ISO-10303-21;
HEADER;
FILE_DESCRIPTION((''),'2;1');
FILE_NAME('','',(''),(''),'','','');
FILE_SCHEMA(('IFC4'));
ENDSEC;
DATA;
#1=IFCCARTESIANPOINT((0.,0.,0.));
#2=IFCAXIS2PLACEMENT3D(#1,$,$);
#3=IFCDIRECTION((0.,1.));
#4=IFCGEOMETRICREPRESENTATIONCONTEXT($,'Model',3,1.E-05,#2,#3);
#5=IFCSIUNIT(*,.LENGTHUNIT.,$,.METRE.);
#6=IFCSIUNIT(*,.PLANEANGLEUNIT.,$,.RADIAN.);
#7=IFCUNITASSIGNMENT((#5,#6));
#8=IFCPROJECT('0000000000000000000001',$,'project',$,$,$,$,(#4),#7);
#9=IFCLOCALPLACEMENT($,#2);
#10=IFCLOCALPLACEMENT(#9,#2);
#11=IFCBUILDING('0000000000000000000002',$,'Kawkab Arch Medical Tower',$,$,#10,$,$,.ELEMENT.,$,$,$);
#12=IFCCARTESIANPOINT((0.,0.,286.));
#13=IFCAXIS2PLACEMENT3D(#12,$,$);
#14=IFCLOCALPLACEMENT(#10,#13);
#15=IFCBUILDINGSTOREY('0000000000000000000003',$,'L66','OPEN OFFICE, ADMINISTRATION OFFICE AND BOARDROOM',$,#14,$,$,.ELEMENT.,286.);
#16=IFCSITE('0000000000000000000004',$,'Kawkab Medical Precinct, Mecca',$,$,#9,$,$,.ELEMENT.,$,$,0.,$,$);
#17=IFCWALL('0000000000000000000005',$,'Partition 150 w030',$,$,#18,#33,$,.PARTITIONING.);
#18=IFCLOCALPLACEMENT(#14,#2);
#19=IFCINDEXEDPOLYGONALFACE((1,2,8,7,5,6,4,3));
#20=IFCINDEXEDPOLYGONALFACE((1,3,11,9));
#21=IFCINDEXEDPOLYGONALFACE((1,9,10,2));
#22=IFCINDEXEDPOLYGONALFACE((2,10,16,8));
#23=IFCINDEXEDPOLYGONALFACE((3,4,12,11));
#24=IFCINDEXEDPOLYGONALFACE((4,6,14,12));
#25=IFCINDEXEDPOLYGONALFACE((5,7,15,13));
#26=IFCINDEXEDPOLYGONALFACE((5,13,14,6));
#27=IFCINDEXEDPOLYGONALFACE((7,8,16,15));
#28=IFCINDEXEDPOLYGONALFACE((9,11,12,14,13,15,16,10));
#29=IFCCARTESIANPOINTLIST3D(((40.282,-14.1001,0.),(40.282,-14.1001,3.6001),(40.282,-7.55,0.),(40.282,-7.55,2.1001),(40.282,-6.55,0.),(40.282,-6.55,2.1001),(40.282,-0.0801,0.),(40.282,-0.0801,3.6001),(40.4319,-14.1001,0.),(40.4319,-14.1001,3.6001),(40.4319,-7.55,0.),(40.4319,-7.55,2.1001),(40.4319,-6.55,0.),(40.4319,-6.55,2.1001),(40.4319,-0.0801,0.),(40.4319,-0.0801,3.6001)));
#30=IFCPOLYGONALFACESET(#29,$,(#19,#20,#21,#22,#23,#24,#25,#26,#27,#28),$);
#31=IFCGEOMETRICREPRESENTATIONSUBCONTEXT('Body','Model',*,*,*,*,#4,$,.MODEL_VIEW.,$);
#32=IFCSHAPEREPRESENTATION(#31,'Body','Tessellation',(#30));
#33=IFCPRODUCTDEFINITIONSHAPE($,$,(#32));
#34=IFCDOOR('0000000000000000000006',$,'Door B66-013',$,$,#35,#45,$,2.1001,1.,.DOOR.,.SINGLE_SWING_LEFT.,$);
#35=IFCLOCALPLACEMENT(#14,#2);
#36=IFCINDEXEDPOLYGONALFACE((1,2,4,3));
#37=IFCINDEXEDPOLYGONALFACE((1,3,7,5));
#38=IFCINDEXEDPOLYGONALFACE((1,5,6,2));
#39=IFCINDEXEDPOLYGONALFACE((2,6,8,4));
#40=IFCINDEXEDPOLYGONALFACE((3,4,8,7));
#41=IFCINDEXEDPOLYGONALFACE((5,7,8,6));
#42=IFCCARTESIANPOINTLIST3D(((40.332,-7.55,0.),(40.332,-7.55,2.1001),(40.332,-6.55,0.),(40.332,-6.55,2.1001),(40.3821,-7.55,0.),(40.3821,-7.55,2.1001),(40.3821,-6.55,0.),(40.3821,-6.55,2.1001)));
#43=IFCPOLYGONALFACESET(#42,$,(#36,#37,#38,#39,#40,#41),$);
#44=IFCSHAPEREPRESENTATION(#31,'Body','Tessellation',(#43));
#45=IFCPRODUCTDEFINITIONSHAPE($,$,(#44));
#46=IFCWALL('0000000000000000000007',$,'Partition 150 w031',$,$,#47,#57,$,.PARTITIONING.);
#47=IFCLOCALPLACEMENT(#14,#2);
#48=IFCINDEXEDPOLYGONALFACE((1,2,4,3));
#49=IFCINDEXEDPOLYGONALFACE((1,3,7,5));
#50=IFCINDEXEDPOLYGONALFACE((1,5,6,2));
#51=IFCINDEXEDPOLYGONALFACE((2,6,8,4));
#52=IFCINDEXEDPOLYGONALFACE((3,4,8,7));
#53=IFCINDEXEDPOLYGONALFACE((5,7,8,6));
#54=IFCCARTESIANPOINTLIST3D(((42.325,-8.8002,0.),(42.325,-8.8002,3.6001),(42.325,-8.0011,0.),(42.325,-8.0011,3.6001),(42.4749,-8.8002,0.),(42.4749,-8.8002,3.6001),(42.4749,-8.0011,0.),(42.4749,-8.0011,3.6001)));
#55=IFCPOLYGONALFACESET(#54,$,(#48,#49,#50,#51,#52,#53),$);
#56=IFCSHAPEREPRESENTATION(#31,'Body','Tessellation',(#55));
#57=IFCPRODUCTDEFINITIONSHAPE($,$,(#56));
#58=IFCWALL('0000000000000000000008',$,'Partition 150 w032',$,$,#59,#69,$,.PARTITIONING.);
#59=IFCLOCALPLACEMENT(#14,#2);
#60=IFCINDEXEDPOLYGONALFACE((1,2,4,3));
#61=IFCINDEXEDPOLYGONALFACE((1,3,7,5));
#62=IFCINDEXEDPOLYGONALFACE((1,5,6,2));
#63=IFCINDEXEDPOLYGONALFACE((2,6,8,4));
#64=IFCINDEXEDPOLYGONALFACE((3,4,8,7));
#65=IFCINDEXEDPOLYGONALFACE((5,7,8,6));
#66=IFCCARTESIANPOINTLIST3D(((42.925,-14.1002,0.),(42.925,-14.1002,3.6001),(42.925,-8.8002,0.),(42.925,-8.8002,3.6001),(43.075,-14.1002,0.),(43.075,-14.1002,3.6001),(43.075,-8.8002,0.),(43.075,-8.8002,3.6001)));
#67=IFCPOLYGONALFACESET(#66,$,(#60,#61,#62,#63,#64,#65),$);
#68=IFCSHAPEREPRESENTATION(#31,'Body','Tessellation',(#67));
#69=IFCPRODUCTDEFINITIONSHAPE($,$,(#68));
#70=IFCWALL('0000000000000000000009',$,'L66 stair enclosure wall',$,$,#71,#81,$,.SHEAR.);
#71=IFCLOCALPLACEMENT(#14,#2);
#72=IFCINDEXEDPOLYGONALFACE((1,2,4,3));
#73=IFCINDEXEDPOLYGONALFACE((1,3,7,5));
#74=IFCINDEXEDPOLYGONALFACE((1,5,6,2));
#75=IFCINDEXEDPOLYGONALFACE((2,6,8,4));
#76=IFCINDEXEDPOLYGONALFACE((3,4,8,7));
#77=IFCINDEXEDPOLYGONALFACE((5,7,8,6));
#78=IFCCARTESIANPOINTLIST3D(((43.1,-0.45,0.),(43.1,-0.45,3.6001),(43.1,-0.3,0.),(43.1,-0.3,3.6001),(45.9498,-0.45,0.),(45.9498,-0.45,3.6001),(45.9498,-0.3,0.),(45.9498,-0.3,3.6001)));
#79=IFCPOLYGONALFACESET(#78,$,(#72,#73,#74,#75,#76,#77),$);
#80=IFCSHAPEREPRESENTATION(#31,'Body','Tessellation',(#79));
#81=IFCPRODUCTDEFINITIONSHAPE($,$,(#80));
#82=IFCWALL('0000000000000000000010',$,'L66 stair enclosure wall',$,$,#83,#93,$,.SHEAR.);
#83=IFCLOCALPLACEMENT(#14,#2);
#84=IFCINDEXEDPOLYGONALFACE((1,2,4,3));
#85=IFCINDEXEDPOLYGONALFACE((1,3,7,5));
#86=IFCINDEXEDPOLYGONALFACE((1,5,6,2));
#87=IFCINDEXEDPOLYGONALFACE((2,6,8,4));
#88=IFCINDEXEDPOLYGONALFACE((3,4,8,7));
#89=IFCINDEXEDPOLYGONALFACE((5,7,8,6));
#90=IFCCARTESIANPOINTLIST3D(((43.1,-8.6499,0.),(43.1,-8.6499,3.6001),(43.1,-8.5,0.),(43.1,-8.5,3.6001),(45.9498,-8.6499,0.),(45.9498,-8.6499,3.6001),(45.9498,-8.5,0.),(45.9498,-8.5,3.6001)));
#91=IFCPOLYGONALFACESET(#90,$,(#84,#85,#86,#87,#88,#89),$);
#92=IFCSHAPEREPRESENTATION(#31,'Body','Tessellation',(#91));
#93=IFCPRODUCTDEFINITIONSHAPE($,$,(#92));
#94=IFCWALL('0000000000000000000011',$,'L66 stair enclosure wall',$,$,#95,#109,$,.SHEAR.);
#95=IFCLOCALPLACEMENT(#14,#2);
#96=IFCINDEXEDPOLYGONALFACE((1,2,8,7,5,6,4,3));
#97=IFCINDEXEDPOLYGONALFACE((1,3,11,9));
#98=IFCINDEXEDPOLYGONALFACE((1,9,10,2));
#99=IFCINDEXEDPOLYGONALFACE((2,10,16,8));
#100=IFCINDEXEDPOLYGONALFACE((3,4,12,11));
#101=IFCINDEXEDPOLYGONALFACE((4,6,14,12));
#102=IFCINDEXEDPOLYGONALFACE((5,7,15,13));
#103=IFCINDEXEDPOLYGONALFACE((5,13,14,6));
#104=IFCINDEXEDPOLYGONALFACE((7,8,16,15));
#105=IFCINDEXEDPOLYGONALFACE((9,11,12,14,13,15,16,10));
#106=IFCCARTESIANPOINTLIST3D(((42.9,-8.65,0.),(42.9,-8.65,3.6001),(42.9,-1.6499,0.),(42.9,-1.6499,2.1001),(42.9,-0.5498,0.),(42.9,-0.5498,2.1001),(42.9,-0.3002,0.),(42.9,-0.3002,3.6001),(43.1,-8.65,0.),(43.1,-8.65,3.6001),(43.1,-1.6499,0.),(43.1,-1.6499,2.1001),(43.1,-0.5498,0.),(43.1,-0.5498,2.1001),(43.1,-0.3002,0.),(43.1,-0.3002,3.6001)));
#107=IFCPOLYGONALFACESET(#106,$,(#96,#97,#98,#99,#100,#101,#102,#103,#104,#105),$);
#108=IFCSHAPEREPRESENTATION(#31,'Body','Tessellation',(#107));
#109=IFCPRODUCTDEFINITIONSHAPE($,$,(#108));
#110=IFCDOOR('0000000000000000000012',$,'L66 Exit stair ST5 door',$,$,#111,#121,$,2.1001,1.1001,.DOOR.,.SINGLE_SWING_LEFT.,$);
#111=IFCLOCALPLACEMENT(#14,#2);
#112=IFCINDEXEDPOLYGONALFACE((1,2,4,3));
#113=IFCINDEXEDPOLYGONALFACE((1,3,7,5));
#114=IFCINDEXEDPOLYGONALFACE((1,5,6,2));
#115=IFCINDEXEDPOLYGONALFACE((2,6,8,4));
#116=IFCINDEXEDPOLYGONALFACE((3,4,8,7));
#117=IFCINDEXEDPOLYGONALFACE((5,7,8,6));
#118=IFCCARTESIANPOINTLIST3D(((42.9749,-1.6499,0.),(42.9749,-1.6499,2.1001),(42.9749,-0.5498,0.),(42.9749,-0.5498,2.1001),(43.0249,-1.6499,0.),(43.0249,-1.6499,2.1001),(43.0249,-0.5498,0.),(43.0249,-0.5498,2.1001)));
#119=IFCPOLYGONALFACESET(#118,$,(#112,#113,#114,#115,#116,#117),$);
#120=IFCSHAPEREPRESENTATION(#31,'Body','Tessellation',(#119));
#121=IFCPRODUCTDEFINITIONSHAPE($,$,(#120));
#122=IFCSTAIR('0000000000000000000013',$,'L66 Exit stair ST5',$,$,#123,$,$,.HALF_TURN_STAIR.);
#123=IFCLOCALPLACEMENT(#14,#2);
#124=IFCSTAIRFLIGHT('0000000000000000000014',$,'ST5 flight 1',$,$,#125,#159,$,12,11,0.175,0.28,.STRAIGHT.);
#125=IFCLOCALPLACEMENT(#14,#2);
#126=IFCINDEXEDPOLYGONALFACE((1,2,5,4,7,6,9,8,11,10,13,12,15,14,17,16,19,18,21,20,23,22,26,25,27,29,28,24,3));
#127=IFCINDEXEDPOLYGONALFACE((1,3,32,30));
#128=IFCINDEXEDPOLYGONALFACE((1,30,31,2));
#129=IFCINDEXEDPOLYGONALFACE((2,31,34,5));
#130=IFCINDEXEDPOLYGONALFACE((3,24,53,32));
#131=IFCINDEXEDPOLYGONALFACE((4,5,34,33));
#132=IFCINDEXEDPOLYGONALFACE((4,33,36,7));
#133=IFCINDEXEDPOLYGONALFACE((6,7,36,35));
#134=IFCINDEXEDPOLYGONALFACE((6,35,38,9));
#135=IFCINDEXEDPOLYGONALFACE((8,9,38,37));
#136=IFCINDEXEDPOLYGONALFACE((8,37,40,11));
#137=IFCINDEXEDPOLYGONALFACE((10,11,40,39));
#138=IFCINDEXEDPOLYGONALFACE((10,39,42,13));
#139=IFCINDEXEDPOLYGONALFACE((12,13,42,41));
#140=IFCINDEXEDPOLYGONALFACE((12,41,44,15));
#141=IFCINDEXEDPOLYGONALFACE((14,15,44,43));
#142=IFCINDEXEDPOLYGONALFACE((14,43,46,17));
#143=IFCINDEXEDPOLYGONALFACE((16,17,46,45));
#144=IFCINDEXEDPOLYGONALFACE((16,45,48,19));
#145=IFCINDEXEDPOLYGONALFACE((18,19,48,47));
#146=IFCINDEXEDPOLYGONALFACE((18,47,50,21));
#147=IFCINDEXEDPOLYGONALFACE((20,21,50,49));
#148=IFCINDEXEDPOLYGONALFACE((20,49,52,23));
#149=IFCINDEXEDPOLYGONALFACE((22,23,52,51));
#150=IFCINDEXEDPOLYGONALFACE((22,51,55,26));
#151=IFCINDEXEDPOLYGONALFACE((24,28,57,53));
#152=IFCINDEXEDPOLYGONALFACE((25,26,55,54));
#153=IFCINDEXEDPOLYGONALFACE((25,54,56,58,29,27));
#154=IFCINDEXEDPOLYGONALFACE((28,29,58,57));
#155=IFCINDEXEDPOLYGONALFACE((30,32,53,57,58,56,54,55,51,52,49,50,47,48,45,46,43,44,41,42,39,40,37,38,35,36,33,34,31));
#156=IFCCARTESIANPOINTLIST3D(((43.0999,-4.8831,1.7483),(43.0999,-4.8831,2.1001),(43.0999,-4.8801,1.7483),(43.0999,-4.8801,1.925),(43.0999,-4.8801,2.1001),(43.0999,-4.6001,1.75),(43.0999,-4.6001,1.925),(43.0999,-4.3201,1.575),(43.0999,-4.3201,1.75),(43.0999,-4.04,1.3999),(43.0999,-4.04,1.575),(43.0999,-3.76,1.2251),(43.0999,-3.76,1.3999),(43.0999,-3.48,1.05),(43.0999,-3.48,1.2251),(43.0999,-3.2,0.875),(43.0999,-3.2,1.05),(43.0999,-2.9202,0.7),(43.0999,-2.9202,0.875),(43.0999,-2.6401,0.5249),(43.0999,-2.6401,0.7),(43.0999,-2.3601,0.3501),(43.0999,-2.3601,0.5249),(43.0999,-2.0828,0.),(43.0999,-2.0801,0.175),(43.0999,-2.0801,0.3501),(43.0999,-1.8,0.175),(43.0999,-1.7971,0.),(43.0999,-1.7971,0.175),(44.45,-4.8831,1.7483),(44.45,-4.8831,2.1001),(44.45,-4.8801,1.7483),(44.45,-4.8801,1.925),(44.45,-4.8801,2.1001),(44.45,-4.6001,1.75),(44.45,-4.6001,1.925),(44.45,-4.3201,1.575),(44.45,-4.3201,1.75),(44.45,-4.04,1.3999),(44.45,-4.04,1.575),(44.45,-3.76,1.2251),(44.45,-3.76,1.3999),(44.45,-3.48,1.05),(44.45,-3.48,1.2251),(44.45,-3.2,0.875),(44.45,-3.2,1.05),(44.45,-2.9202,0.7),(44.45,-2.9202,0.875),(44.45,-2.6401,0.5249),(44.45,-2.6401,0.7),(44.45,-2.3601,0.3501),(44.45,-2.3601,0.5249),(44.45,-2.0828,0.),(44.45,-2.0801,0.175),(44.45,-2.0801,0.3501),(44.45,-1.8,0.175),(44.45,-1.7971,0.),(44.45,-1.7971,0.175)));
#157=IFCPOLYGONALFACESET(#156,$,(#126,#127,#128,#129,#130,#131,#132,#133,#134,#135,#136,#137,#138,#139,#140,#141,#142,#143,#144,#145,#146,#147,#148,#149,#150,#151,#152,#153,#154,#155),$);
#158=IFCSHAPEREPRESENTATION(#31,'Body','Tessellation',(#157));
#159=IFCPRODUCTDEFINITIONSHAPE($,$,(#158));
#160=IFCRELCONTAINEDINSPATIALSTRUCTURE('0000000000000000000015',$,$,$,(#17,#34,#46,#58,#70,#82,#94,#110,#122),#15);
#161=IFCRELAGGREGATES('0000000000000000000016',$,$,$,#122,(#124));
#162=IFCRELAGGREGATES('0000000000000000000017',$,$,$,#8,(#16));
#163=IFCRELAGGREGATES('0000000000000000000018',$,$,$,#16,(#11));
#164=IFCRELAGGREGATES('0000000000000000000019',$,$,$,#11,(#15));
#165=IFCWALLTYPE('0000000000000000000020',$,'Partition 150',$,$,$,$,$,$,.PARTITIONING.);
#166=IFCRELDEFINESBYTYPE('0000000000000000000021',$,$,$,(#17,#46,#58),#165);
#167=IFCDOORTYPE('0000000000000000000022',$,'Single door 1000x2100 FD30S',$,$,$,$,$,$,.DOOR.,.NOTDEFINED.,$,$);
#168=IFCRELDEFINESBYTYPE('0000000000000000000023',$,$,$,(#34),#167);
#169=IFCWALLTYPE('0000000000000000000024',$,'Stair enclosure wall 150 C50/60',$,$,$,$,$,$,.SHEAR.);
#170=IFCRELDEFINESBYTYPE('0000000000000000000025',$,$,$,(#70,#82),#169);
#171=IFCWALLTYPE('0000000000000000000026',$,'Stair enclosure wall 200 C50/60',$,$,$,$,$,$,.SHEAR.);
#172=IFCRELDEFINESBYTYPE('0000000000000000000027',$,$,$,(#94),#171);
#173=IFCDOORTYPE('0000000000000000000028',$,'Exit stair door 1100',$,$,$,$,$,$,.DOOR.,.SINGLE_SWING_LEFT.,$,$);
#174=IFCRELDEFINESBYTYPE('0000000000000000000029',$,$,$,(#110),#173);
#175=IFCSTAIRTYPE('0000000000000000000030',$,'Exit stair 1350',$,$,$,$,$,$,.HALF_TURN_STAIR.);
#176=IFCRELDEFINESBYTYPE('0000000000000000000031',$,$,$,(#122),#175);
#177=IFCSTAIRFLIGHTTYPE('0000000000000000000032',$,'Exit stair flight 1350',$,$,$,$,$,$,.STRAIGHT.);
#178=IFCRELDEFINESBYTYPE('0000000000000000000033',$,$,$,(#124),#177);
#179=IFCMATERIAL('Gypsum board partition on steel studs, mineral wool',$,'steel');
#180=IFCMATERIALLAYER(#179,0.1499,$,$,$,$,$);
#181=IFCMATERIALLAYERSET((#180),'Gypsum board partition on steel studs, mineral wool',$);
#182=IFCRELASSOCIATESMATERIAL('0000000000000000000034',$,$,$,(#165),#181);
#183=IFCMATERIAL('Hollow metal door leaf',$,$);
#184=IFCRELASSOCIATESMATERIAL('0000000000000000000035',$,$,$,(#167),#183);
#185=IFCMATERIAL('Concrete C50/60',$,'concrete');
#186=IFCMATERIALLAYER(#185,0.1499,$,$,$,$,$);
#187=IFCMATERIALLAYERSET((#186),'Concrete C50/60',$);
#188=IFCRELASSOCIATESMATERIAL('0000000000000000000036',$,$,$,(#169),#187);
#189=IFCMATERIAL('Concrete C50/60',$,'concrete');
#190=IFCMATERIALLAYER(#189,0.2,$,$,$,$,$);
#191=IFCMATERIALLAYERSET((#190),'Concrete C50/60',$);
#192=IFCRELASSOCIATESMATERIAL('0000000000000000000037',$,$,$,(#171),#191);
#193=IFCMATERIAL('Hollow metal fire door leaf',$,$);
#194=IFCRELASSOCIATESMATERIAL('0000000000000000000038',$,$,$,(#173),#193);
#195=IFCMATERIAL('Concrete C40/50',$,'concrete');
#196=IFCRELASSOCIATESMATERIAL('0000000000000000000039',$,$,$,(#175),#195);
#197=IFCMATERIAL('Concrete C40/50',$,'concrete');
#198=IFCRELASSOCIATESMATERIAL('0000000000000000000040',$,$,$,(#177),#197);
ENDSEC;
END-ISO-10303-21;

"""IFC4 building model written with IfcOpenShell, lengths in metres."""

from ifc_helpers import new_model, si_unit, direction, frame, frame_2d, origin, place, context, subcontext, project, spatial, polyline, rectangle, outline, extrude, material, layer, layer_set, type_object, element, fill, aggregate, save


model = new_model("IFC4")

# Units and contexts
model_context = context("Model", 3, precision=1e-05, world=origin(), true_north=direction((0.0, 1.0)))
body_context = subcontext(model_context, "Body", "Model", "MODEL_VIEW")
ifc_project = project(units=[si_unit("LENGTHUNIT", "METRE"), si_unit("PLANEANGLEUNIT", "RADIAN")], contexts=[model_context])

# Site, building, storey
site_placement = place(None, origin())
site = spatial("IfcSite", under=ifc_project, at=site_placement, Name="Kawkab Medical Precinct, Mecca", CompositionType="ELEMENT", RefElevation=0.0)
building_placement = place(site_placement, origin())
building = spatial("IfcBuilding", under=site, at=building_placement, Name="Kawkab Arch Medical Tower", CompositionType="ELEMENT")
storey_placement = place(building_placement, frame((0.0, 0.0, 286.0)))
storey = spatial("IfcBuildingStorey", under=building, at=storey_placement, Name="L66", Description="OPEN OFFICE, ADMINISTRATION OFFICE AND BOARDROOM", CompositionType="ELEMENT", Elevation=286.0)

# Shared definitions
placement = place(storey_placement, origin())

# Shared definitions
ifc_material_1 = material(Name="Gypsum board partition on steel studs, mineral wool", Category="steel")
ifc_layer_1 = layer(ifc_material_1, 0.1499)
ifc_layer_set_1 = layer_set([ifc_layer_1], Name="Gypsum board partition on steel studs, mineral wool")
wall_type_1 = type_object("IfcWallType", Name="Partition 150", PredefinedType="PARTITIONING", material=ifc_layer_set_1)
ifc_material_2 = material(Name="Hollow metal door leaf")
door_type_1 = type_object("IfcDoorType", Name="Single door 1000x2100 FD30S", OperationType="NOTDEFINED", PredefinedType="DOOR", material=ifc_material_2)

# Wall, opening, door
wall_1_placement = place(storey_placement, frame((40.3569, -14.1001, 0.0), z_axis=(0.0, 0.0, 1.0), x_axis=(0.0, 1.0, 0.0)))
wall_1 = element("IfcWall", 1, at=wall_1_placement, inside=storey, type_object=wall_type_1, Name="Partition 150 w030", PredefinedType="PARTITIONING", context=body_context, shape_type="SweptSolid", body=[
    extrude(rectangle(XDim=14.02, YDim=0.1499, at=frame_2d((7.01, 0.0))), origin(), (0.0, 0.0, 1.0), 3.6001),
])
opening_1_placement = place(wall_1_placement, frame((6.55, 0.0, 0.0)))
opening_1 = element("IfcOpeningElement", 2, at=opening_1_placement, cuts=wall_1, PredefinedType="OPENING", context=body_context, shape_type="SweptSolid", body=[
    extrude(rectangle(XDim=1.0, YDim=2.1001, at=frame_2d((0.5, 1.05))), frame((0.0, 0.085, 0.0), z_axis=(0.0, -1.0, 0.0), x_axis=(1.0, 0.0, 0.0)), (0.0, 0.0, 1.0), 0.1699),
])
door_1_placement = place(opening_1_placement, origin())
door_1 = element("IfcDoor", 3, at=door_1_placement, inside=storey, type_object=door_type_1, Name="Door B66-013", OperationType="SINGLE_SWING_LEFT", OverallHeight=2.1001, OverallWidth=1.0, PredefinedType="DOOR", context=body_context, shape_type="SweptSolid", body=[
    extrude(rectangle(XDim=1.0, YDim=2.1001, at=frame_2d((0.5, 1.05))), frame((0.0, 0.0249, 0.0), z_axis=(0.0, -1.0, 0.0), x_axis=(1.0, 0.0, 0.0)), (0.0, 0.0, 1.0), 0.05),
])
fill(opening_1, door_1)

# Walls
wall_2_placement = place(storey_placement, frame((42.3999, -8.8, 0.0), z_axis=(0.0, 0.0, 1.0), x_axis=(0.0, 1.0, 0.0)))
element("IfcWall", 4, at=wall_2_placement, inside=storey, type_object=wall_type_1, Name="Partition 150 w031", PredefinedType="PARTITIONING", context=body_context, shape_type="SweptSolid", body=[
    extrude(rectangle(XDim=0.7991, YDim=0.1499, at=frame_2d((0.3994, 0.0))), origin(), (0.0, 0.0, 1.0), 3.6001),
])
wall_3_placement = place(storey_placement, frame((43.0, -14.1001, 0.0), z_axis=(0.0, 0.0, 1.0), x_axis=(0.0, 1.0, 0.0)))
element("IfcWall", 5, at=wall_3_placement, inside=storey, type_object=wall_type_1, Name="Partition 150 w032", PredefinedType="PARTITIONING", context=body_context, shape_type="SweptSolid", body=[
    extrude(rectangle(XDim=5.3, YDim=0.1499, at=frame_2d((2.6499, 0.0))), origin(), (0.0, 0.0, 1.0), 3.6001),
])
ifc_material_3 = material(Name="Concrete C50/60", Category="concrete")
ifc_layer_2 = layer(ifc_material_3, 0.1499)
ifc_layer_set_2 = layer_set([ifc_layer_2], Name="Concrete C50/60")
wall_type_2 = type_object("IfcWallType", Name="Stair enclosure wall 150 C50/60", PredefinedType="SHEAR", material=ifc_layer_set_2)
for number, where, z_axis, x_axis, name in (
    (6, (43.1001, -0.375, 0.0), (0.0, 0.0, 1.0), (1.0, 0.0, 0.0), "L66 stair enclosure wall"),
    (7, (43.1001, -8.575, 0.0), (0.0, 0.0, 1.0), (1.0, 0.0, 0.0), "L66 stair enclosure wall"),
):
    element("IfcWall", number, at=place(storey_placement, frame(where, z_axis=z_axis, x_axis=x_axis)), inside=storey, type_object=wall_type_2, Name=name, PredefinedType="SHEAR", context=body_context, shape_type="SweptSolid", body=[
        extrude(rectangle(XDim=2.8499, YDim=0.1499, at=frame_2d((1.4248, 0.0))), origin(), (0.0, 0.0, 1.0), 3.6001),
    ])

# Wall, opening, door
ifc_material_4 = material(Name="Concrete C50/60", Category="concrete")
ifc_layer_3 = layer(ifc_material_4, 0.2)
ifc_layer_set_3 = layer_set([ifc_layer_3], Name="Concrete C50/60")
wall_type_3 = type_object("IfcWallType", Name="Stair enclosure wall 200 C50/60", PredefinedType="SHEAR", material=ifc_layer_set_3)
wall_4_placement = place(storey_placement, frame((43.0, -8.6499, 0.0), z_axis=(0.0, 0.0, 1.0), x_axis=(0.0, 1.0, 0.0)))
wall_4 = element("IfcWall", 8, at=wall_4_placement, inside=storey, type_object=wall_type_3, Name="L66 stair enclosure wall", PredefinedType="SHEAR", context=body_context, shape_type="SweptSolid", body=[
    extrude(rectangle(XDim=8.3499, YDim=0.2, at=frame_2d((4.1748, 0.0))), origin(), (0.0, 0.0, 1.0), 3.6001),
])
opening_2_placement = place(wall_4_placement, frame((7.0, 0.0, 0.0)))
opening_2 = element("IfcOpeningElement", 9, at=opening_2_placement, cuts=wall_4, PredefinedType="OPENING", context=body_context, shape_type="SweptSolid", body=[
    extrude(rectangle(XDim=1.1001, YDim=2.1001, at=frame_2d((0.55, 1.05))), frame((0.0, 0.1099, 0.0), z_axis=(0.0, -1.0, 0.0), x_axis=(1.0, 0.0, 0.0)), (0.0, 0.0, 1.0), 0.22),
])
ifc_material_5 = material(Name="Hollow metal fire door leaf")
door_type_2 = type_object("IfcDoorType", Name="Exit stair door 1100", OperationType="SINGLE_SWING_LEFT", PredefinedType="DOOR", material=ifc_material_5)
door_2_placement = place(opening_2_placement, frame((1.1001, 0.0, 0.0), z_axis=(0.0, 0.0, 1.0), x_axis=(-1.0, 0.0, 0.0)))
door_2 = element("IfcDoor", 10, at=door_2_placement, inside=storey, type_object=door_type_2, Name="L66 Exit stair ST5 door", OperationType="SINGLE_SWING_LEFT", OverallHeight=2.1001, OverallWidth=1.1001, PredefinedType="DOOR", context=body_context, shape_type="SweptSolid", body=[
    extrude(rectangle(XDim=1.1001, YDim=2.1001, at=frame_2d((0.55, 1.05))), frame((0.0, 0.0249, 0.0), z_axis=(0.0, -1.0, 0.0), x_axis=(1.0, 0.0, 0.0)), (0.0, 0.0, 1.0), 0.05),
])
fill(opening_2, door_2)

# Stair, stair flight
ifc_material_6 = material(Name="Concrete C40/50", Category="concrete")
stair_type = type_object("IfcStairType", Name="Exit stair 1350", PredefinedType="HALF_TURN_STAIR", material=ifc_material_6)
stair = element("IfcStair", 11, at=placement, inside=storey, type_object=stair_type, Name="L66 Exit stair ST5", PredefinedType="HALF_TURN_STAIR")
ifc_material_7 = material(Name="Concrete C40/50", Category="concrete")
stair_flight_type = type_object("IfcStairFlightType", Name="Exit stair flight 1350", PredefinedType="STRAIGHT", material=ifc_material_7)
stair_flight_placement = place(storey_placement, frame((43.7749, -1.8, 0.0), z_axis=(0.0, 0.0, 1.0), x_axis=(0.0, -1.0, 0.0)))
stair_flight = element("IfcStairFlight", 12, at=stair_flight_placement, type_object=stair_flight_type, Name="ST5 flight 1", NumberOfRisers=12, NumberOfTreads=11, PredefinedType="STRAIGHT", RiserHeight=0.175, TreadLength=0.28, context=body_context, shape_type="SweptSolid", body=[
    extrude(outline(polyline([(-0.0029, 0.0), (-0.0029, 0.175), (0.0, 0.175), (0.28, 0.175), (0.28, 0.3501), (0.5601, 0.3501), (0.5601, 0.5249), (0.8401, 0.5249), (0.8401, 0.7), (1.1201, 0.7), (1.1201, 0.875), (1.3999, 0.875), (1.3999, 1.05), (1.6799, 1.05), (1.6799, 1.2251), (1.96, 1.2251), (1.96, 1.3999), (2.24, 1.3999), (2.24, 1.575), (2.52, 1.575), (2.52, 1.75), (2.8, 1.75), (2.8, 1.925), (3.0801, 1.925), (3.0801, 2.1001), (3.083, 2.1001), (3.083, 1.7483), (3.0801, 1.7483), (0.2827, 0.0), (-0.0029, 0.0)])), frame((0.0, 0.675, 0.0), z_axis=(0.0, -1.0, 0.0), x_axis=(1.0, 0.0, 0.0)), (0.0, 0.0, 1.0), 1.3501),
])
aggregate(stair, [stair_flight])

save(model, "model.ifc")
